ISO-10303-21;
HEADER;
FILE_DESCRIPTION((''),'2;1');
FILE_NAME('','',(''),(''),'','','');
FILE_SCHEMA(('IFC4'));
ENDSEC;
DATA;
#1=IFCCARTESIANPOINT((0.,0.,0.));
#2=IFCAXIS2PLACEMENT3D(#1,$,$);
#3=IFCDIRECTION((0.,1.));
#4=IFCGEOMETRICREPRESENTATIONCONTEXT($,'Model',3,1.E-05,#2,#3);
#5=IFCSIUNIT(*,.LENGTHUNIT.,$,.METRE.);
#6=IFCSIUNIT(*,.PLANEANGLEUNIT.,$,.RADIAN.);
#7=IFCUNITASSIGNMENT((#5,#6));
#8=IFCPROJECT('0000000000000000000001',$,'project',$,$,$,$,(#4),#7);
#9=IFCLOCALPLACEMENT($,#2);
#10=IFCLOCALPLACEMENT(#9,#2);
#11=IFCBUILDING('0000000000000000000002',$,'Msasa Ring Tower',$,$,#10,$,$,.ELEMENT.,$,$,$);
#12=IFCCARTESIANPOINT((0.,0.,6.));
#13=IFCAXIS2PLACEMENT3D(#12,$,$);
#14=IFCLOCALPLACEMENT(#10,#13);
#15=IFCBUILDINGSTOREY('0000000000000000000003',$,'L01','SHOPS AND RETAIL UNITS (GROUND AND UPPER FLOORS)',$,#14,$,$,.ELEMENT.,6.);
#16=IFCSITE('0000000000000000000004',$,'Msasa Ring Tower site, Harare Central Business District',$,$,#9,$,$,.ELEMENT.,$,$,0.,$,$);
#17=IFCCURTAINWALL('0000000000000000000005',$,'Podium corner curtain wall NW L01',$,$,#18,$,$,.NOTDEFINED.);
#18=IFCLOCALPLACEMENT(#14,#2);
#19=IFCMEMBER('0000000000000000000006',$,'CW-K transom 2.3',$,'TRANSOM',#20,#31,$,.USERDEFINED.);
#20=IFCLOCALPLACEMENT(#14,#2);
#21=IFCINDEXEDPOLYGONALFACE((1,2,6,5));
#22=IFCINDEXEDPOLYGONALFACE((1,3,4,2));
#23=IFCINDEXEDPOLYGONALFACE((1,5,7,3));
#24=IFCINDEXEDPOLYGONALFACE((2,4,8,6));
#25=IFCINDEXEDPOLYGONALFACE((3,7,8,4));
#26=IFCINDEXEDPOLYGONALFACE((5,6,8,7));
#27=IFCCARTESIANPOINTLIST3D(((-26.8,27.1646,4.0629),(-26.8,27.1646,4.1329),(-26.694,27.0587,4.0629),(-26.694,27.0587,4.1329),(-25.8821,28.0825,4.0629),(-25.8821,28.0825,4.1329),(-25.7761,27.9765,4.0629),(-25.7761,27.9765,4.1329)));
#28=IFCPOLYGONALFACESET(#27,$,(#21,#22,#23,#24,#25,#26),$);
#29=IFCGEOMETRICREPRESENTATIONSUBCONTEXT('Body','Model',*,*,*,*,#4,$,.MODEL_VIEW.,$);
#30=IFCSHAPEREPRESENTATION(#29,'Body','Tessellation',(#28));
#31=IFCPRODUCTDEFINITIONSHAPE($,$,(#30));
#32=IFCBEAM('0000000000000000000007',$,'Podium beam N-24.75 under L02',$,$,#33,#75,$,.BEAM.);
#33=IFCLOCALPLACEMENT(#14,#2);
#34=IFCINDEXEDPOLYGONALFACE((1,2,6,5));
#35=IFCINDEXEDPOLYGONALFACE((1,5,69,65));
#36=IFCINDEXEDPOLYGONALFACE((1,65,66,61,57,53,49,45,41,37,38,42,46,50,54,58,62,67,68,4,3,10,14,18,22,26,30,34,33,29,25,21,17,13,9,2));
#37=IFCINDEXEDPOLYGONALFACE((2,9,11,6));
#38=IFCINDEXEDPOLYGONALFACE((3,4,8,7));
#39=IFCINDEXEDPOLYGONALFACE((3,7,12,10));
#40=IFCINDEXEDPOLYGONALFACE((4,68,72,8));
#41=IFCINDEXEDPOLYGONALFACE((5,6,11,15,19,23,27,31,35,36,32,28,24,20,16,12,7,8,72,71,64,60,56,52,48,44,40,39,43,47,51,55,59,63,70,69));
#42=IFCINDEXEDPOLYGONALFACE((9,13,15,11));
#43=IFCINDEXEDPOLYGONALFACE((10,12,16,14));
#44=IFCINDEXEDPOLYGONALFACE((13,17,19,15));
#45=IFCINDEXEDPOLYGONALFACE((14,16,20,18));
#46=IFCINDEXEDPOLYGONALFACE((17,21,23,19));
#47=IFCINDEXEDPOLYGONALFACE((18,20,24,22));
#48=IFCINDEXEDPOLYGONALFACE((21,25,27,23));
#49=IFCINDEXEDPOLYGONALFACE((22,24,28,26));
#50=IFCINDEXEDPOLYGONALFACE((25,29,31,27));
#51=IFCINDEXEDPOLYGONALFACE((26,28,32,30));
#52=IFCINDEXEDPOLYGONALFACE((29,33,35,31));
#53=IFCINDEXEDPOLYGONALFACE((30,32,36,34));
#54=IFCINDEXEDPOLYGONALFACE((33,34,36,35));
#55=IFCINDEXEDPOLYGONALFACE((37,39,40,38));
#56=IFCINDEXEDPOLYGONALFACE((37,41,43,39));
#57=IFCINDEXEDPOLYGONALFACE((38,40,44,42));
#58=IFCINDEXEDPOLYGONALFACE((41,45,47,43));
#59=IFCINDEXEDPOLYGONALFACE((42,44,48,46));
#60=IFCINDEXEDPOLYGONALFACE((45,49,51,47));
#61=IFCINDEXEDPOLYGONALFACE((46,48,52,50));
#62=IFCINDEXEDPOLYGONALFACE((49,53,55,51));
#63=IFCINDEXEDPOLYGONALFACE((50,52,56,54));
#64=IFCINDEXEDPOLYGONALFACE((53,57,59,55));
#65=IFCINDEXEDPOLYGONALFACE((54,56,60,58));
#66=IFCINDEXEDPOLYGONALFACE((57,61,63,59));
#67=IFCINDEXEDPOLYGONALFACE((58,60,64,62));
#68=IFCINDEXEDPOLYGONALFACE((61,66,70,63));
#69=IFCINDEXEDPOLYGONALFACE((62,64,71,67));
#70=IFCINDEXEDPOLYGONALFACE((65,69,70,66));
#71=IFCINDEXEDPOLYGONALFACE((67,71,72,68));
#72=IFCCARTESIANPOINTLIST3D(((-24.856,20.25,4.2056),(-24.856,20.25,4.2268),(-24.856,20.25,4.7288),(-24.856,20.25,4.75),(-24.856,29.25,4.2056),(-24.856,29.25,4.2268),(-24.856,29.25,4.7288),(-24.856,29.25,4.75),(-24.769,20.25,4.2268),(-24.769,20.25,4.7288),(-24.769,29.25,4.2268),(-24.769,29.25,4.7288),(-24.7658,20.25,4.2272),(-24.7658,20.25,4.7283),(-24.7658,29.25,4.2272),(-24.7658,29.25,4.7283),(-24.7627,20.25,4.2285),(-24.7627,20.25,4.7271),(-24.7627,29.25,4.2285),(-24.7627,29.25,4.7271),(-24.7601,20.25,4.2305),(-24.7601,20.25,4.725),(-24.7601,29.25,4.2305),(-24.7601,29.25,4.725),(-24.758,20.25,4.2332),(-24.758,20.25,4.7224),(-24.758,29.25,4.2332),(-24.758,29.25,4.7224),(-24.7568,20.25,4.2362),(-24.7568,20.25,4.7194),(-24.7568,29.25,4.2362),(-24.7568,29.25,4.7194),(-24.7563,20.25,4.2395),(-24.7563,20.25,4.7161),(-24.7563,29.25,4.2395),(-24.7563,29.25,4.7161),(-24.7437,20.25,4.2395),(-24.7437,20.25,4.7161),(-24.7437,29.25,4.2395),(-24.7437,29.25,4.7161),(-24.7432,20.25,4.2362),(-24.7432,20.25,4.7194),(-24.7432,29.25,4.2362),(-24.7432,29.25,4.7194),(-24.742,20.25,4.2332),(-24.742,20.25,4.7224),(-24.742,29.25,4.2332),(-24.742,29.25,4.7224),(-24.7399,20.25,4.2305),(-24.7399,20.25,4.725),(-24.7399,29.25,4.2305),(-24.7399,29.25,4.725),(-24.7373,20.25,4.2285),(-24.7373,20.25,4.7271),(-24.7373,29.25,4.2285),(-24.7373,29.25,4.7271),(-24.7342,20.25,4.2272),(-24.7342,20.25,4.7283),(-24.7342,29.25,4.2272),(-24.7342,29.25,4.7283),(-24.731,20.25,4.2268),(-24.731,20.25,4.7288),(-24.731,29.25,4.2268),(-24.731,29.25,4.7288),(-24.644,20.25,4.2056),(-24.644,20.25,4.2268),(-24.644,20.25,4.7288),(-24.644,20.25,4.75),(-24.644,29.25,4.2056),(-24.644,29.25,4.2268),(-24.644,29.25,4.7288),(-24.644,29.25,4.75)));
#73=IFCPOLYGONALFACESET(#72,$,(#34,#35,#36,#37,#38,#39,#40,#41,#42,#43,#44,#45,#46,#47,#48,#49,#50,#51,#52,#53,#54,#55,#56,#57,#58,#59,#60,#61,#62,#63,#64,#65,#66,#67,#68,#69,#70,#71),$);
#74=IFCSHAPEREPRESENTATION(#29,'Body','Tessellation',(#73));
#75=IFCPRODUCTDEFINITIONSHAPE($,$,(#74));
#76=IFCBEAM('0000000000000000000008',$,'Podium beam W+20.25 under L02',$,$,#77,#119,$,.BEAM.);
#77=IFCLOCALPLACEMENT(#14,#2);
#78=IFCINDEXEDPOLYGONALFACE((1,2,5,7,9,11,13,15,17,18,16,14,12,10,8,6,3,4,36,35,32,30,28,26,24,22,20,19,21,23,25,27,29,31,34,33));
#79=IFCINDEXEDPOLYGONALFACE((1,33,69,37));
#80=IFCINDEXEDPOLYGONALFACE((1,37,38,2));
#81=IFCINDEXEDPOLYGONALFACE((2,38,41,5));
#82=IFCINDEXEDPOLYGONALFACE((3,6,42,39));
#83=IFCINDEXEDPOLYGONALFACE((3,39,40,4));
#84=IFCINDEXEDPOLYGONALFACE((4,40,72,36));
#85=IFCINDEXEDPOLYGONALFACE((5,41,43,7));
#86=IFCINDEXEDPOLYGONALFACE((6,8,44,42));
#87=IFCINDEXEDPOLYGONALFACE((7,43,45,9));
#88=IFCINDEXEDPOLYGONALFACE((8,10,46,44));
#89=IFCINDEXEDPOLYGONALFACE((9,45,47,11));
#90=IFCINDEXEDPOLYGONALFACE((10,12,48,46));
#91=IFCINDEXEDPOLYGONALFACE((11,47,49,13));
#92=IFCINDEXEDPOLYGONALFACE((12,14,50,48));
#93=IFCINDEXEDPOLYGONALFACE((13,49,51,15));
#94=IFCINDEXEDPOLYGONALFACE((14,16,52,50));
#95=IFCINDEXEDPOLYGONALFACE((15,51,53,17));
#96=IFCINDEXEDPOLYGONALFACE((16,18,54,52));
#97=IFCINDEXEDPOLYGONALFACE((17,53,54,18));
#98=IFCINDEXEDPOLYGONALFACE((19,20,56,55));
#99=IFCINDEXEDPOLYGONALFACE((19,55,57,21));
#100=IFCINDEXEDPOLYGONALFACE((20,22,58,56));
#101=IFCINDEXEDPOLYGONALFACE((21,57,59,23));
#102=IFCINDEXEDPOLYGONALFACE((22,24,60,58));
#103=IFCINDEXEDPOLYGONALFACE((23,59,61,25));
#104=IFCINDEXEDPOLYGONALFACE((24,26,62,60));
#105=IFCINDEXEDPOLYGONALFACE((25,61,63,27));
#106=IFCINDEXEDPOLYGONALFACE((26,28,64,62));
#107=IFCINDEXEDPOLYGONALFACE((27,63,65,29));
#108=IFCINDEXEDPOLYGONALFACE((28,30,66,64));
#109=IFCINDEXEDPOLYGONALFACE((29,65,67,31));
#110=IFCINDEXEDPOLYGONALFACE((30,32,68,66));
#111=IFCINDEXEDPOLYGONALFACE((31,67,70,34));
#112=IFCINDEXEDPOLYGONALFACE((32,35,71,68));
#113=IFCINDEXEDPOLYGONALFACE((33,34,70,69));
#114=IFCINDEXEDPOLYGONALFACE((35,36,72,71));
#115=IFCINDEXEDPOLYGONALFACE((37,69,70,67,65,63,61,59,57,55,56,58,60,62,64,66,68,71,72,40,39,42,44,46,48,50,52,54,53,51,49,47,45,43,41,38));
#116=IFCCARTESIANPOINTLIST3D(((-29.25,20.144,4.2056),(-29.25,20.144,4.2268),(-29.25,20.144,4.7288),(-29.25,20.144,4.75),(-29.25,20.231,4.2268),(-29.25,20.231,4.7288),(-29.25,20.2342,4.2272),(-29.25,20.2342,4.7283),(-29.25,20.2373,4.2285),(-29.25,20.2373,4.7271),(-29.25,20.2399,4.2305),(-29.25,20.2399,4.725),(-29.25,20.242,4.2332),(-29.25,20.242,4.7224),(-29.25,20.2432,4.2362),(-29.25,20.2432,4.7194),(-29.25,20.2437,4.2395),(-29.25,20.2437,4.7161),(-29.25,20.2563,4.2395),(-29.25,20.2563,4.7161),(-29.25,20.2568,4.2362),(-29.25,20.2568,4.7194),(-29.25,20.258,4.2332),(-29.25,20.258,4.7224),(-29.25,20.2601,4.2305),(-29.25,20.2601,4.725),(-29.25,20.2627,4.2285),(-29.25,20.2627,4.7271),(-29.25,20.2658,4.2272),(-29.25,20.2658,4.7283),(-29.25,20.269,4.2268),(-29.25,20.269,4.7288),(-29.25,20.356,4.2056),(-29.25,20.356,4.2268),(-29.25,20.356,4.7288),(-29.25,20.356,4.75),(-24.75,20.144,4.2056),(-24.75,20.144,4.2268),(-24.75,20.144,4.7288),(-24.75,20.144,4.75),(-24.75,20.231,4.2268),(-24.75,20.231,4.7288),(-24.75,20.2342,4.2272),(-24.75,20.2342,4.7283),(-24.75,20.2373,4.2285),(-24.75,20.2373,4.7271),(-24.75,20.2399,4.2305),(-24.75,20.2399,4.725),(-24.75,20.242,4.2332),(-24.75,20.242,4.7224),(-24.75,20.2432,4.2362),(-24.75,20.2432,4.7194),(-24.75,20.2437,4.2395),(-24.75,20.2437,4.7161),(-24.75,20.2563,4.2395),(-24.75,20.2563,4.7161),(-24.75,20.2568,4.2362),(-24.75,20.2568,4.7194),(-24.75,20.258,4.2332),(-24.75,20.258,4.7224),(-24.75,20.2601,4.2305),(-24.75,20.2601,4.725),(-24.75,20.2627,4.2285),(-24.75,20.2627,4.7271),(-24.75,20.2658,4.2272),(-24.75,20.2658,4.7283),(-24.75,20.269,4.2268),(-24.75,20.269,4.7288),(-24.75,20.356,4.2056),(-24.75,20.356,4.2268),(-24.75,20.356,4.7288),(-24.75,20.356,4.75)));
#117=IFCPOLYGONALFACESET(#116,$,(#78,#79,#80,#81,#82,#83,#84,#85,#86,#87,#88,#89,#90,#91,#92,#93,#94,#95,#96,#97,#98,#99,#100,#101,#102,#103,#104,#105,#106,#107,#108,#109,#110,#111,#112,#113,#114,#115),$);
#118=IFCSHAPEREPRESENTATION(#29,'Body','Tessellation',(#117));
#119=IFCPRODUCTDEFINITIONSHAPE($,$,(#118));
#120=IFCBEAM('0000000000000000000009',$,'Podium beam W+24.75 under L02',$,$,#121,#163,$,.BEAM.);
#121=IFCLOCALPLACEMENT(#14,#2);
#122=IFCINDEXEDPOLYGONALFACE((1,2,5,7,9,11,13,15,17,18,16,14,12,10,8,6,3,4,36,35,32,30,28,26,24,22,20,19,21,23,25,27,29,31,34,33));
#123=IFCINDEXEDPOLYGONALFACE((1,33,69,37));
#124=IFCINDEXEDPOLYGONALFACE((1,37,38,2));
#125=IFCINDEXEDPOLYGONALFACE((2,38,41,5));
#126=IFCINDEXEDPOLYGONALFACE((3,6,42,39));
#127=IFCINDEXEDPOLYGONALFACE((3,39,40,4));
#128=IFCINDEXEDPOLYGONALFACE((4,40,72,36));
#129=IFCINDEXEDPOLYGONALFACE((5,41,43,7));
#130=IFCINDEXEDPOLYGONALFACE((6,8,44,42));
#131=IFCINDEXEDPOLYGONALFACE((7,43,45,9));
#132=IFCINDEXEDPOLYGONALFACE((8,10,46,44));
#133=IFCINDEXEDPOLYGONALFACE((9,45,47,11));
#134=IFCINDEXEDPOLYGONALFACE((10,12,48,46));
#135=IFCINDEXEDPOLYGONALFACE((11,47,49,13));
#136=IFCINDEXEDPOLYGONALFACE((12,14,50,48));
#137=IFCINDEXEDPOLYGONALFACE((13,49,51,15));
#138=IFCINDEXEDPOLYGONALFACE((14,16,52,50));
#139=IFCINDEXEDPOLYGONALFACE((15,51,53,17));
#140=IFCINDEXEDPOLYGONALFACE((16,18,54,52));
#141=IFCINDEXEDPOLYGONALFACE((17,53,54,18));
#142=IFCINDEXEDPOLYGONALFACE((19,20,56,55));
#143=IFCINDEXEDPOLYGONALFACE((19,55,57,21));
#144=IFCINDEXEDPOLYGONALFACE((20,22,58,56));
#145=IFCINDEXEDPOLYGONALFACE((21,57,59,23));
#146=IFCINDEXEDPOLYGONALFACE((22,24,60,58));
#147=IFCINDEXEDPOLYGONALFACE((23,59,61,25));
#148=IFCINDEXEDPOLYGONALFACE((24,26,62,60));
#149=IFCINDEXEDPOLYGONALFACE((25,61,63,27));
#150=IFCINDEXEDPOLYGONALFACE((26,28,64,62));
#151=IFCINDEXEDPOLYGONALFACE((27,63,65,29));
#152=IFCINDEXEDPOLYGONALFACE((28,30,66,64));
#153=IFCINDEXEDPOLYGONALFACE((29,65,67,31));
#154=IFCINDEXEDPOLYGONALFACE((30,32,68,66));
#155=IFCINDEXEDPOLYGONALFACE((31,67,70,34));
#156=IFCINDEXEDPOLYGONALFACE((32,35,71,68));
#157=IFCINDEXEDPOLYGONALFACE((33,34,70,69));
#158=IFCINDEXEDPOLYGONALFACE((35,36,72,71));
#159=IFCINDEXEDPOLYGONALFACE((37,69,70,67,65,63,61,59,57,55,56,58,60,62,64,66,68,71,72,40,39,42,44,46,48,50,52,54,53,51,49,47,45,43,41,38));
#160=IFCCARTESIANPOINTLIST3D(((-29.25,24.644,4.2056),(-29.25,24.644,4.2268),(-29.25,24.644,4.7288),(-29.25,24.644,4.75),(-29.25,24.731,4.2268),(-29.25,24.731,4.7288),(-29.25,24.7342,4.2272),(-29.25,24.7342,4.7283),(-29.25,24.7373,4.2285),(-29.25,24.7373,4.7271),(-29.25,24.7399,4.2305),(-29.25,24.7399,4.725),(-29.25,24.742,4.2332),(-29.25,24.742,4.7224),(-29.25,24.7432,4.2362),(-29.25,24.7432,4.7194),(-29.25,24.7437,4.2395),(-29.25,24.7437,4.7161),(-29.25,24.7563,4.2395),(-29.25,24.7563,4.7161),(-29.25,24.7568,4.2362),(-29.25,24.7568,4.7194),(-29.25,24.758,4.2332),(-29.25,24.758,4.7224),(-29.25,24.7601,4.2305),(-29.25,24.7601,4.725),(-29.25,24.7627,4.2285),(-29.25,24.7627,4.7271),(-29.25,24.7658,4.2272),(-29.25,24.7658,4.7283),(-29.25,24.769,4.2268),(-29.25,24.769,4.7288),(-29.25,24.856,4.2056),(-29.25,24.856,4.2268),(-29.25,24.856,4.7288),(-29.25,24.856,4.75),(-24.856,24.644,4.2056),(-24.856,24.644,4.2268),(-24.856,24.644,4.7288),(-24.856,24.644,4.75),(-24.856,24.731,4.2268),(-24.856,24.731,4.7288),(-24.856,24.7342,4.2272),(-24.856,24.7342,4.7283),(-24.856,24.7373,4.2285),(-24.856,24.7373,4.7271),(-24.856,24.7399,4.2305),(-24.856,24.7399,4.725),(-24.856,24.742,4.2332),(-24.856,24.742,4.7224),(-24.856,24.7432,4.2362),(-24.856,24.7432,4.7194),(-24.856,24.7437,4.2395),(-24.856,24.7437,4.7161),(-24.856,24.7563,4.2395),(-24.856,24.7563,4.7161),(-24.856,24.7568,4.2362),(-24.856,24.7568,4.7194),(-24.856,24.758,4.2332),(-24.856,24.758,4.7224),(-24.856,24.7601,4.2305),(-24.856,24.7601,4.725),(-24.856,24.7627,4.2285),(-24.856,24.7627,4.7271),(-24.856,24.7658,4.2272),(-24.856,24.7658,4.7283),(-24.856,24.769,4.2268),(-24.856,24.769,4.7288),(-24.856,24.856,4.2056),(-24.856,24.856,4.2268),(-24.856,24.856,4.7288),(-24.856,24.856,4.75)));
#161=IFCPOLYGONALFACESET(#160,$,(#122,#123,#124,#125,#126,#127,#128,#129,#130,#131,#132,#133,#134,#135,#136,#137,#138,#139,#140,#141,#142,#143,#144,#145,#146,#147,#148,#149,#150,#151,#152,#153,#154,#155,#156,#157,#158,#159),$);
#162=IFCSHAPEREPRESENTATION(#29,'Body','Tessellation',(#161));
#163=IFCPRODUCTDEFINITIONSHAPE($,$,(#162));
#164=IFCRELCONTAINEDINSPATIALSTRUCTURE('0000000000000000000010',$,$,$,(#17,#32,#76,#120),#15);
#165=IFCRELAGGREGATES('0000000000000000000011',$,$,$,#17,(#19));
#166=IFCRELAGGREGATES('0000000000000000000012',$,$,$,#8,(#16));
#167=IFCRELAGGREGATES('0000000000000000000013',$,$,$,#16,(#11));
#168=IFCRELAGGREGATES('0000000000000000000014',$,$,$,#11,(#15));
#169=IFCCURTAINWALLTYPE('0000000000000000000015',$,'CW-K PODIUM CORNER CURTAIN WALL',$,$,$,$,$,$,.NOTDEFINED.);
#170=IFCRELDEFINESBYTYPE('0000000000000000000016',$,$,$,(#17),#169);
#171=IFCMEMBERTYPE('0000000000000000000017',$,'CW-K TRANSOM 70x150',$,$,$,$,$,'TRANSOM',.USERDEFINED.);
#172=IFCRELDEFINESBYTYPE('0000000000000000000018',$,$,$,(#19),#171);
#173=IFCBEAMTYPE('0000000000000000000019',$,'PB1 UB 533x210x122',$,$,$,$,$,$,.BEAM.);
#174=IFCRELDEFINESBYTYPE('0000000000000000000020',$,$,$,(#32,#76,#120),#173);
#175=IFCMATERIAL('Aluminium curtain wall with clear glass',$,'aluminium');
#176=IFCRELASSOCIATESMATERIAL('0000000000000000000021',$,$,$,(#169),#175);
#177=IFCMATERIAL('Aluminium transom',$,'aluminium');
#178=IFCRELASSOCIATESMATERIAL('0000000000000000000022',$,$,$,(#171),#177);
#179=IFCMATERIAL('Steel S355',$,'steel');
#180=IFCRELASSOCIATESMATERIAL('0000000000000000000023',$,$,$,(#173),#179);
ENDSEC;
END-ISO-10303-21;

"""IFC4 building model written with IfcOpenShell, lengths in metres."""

from ifc_helpers import new_model, si_unit, direction, frame, origin, origin_2d, place, context, subcontext, project, spatial, rectangle, i_section, extrude, material, material_profile, profile_set, type_object, element, aggregate, save


model = new_model("IFC4")

# Units and contexts
model_context = context("Model", 3, precision=1e-05, world=origin(), true_north=direction((0.0, 1.0)))
body_context = subcontext(model_context, "Body", "Model", "MODEL_VIEW")
ifc_project = project(units=[si_unit("LENGTHUNIT", "METRE"), si_unit("PLANEANGLEUNIT", "RADIAN")], contexts=[model_context])

# Site, building, storey
site_placement = place(None, origin())
site = spatial("IfcSite", under=ifc_project, at=site_placement, Name="Msasa Ring Tower site, Harare Central Business District", CompositionType="ELEMENT", RefElevation=0.0)
building_placement = place(site_placement, origin())
building = spatial("IfcBuilding", under=site, at=building_placement, Name="Msasa Ring Tower", CompositionType="ELEMENT")
storey_placement = place(building_placement, frame((0.0, 0.0, 6.0)))
storey = spatial("IfcBuildingStorey", under=building, at=storey_placement, Name="L01", Description="SHOPS AND RETAIL UNITS (GROUND AND UPPER FLOORS)", CompositionType="ELEMENT", Elevation=6.0)

# Curtain wall
ifc_material_1 = material(Name="Aluminium curtain wall with clear glass", Category="aluminium")
curtain_wall_type = type_object("IfcCurtainWallType", Name="CW-K PODIUM CORNER CURTAIN WALL", PredefinedType="NOTDEFINED", material=ifc_material_1)
curtain_wall_1_placement = place(storey_placement, origin())
curtain_wall_1 = element("IfcCurtainWall", 1, at=curtain_wall_1_placement, inside=storey, type_object=curtain_wall_type, Name="Podium corner curtain wall NW L01", PredefinedType="NOTDEFINED")

# Member
ifc_material_2 = material(Name="Aluminium transom", Category="aluminium")
ifc_material_profile_1 = material_profile(ifc_material_2, rectangle(XDim=0.1499, YDim=0.0701, at=origin_2d()), Name="AL 70x150")
ifc_profile_set_1 = profile_set([ifc_material_profile_1], Name="Aluminium transom")
member_type_1 = type_object("IfcMemberType", Name="CW-K TRANSOM 70x150", ElementType="TRANSOM", PredefinedType="USERDEFINED", material=ifc_profile_set_1)
member_1_placement = place(storey_placement, frame((-25.8291, 28.0295, 4.0979), z_axis=(-0.707107, -0.707107, 0.0), x_axis=(0.707107, -0.707107, 0.0)))
member_1 = element("IfcMember", 2, at=member_1_placement, type_object=member_type_1, Name="CW-K transom 2.3", ObjectType="TRANSOM", PredefinedType="USERDEFINED", context=body_context, shape_type="SweptSolid", body=[
    extrude(rectangle(XDim=0.1499, YDim=0.0701, at=origin_2d()), origin(), (0.0, 0.0, 1.0), 1.2981),
])

# Beams
ifc_material_3 = material(Name="Steel S355", Category="steel")
ifc_material_profile_2 = material_profile(ifc_material_3, i_section(OverallWidth=0.2119, OverallDepth=0.5444, WebThickness=0.0127, FlangeThickness=0.0212, FilletRadius=0.0127, at=origin_2d()), Name="UB 533x210x122")
ifc_profile_set_2 = profile_set([ifc_material_profile_2], Name="Steel S355")
beam_type_1 = type_object("IfcBeamType", Name="PB1 UB 533x210x122", PredefinedType="BEAM", material=ifc_profile_set_2)
beam_1_placement = place(storey_placement, frame((-24.75, 29.25, 4.4778), z_axis=(0.0, -1.0, 0.0), x_axis=(1.0, 0.0, 0.0)))
element("IfcBeam", 3, at=beam_1_placement, inside=storey, type_object=beam_type_1, Name="Podium beam N-24.75 under L02", PredefinedType="BEAM", context=body_context, shape_type="SweptSolid", body=[
    extrude(i_section(OverallWidth=0.2119, OverallDepth=0.5444, WebThickness=0.0127, FlangeThickness=0.0212, FilletRadius=0.0127, at=origin_2d()), origin(), (0.0, 0.0, 1.0), 9.0),
])
beam_2_placement = place(storey_placement, frame((-29.25, 20.25, 4.4778), z_axis=(1.0, 0.0, 0.0), x_axis=(0.0, 1.0, 0.0)))
element("IfcBeam", 4, at=beam_2_placement, inside=storey, type_object=beam_type_1, Name="Podium beam W+20.25 under L02", PredefinedType="BEAM", context=body_context, shape_type="SweptSolid", body=[
    extrude(i_section(OverallWidth=0.2119, OverallDepth=0.5444, WebThickness=0.0127, FlangeThickness=0.0212, FilletRadius=0.0127, at=origin_2d()), origin(), (0.0, 0.0, 1.0), 4.5),
])
beam_3_placement = place(storey_placement, frame((-29.25, 24.75, 4.4778), z_axis=(1.0, 0.0, 0.0), x_axis=(0.0, 1.0, 0.0)))
element("IfcBeam", 5, at=beam_3_placement, inside=storey, type_object=beam_type_1, Name="Podium beam W+24.75 under L02", PredefinedType="BEAM", context=body_context, shape_type="SweptSolid", body=[
    extrude(i_section(OverallWidth=0.2119, OverallDepth=0.5444, WebThickness=0.0127, FlangeThickness=0.0212, FilletRadius=0.0127, at=origin_2d()), origin(), (0.0, 0.0, 1.0), 4.394),
])

aggregate(curtain_wall_1, [member_1])

save(model, "model.ifc")
